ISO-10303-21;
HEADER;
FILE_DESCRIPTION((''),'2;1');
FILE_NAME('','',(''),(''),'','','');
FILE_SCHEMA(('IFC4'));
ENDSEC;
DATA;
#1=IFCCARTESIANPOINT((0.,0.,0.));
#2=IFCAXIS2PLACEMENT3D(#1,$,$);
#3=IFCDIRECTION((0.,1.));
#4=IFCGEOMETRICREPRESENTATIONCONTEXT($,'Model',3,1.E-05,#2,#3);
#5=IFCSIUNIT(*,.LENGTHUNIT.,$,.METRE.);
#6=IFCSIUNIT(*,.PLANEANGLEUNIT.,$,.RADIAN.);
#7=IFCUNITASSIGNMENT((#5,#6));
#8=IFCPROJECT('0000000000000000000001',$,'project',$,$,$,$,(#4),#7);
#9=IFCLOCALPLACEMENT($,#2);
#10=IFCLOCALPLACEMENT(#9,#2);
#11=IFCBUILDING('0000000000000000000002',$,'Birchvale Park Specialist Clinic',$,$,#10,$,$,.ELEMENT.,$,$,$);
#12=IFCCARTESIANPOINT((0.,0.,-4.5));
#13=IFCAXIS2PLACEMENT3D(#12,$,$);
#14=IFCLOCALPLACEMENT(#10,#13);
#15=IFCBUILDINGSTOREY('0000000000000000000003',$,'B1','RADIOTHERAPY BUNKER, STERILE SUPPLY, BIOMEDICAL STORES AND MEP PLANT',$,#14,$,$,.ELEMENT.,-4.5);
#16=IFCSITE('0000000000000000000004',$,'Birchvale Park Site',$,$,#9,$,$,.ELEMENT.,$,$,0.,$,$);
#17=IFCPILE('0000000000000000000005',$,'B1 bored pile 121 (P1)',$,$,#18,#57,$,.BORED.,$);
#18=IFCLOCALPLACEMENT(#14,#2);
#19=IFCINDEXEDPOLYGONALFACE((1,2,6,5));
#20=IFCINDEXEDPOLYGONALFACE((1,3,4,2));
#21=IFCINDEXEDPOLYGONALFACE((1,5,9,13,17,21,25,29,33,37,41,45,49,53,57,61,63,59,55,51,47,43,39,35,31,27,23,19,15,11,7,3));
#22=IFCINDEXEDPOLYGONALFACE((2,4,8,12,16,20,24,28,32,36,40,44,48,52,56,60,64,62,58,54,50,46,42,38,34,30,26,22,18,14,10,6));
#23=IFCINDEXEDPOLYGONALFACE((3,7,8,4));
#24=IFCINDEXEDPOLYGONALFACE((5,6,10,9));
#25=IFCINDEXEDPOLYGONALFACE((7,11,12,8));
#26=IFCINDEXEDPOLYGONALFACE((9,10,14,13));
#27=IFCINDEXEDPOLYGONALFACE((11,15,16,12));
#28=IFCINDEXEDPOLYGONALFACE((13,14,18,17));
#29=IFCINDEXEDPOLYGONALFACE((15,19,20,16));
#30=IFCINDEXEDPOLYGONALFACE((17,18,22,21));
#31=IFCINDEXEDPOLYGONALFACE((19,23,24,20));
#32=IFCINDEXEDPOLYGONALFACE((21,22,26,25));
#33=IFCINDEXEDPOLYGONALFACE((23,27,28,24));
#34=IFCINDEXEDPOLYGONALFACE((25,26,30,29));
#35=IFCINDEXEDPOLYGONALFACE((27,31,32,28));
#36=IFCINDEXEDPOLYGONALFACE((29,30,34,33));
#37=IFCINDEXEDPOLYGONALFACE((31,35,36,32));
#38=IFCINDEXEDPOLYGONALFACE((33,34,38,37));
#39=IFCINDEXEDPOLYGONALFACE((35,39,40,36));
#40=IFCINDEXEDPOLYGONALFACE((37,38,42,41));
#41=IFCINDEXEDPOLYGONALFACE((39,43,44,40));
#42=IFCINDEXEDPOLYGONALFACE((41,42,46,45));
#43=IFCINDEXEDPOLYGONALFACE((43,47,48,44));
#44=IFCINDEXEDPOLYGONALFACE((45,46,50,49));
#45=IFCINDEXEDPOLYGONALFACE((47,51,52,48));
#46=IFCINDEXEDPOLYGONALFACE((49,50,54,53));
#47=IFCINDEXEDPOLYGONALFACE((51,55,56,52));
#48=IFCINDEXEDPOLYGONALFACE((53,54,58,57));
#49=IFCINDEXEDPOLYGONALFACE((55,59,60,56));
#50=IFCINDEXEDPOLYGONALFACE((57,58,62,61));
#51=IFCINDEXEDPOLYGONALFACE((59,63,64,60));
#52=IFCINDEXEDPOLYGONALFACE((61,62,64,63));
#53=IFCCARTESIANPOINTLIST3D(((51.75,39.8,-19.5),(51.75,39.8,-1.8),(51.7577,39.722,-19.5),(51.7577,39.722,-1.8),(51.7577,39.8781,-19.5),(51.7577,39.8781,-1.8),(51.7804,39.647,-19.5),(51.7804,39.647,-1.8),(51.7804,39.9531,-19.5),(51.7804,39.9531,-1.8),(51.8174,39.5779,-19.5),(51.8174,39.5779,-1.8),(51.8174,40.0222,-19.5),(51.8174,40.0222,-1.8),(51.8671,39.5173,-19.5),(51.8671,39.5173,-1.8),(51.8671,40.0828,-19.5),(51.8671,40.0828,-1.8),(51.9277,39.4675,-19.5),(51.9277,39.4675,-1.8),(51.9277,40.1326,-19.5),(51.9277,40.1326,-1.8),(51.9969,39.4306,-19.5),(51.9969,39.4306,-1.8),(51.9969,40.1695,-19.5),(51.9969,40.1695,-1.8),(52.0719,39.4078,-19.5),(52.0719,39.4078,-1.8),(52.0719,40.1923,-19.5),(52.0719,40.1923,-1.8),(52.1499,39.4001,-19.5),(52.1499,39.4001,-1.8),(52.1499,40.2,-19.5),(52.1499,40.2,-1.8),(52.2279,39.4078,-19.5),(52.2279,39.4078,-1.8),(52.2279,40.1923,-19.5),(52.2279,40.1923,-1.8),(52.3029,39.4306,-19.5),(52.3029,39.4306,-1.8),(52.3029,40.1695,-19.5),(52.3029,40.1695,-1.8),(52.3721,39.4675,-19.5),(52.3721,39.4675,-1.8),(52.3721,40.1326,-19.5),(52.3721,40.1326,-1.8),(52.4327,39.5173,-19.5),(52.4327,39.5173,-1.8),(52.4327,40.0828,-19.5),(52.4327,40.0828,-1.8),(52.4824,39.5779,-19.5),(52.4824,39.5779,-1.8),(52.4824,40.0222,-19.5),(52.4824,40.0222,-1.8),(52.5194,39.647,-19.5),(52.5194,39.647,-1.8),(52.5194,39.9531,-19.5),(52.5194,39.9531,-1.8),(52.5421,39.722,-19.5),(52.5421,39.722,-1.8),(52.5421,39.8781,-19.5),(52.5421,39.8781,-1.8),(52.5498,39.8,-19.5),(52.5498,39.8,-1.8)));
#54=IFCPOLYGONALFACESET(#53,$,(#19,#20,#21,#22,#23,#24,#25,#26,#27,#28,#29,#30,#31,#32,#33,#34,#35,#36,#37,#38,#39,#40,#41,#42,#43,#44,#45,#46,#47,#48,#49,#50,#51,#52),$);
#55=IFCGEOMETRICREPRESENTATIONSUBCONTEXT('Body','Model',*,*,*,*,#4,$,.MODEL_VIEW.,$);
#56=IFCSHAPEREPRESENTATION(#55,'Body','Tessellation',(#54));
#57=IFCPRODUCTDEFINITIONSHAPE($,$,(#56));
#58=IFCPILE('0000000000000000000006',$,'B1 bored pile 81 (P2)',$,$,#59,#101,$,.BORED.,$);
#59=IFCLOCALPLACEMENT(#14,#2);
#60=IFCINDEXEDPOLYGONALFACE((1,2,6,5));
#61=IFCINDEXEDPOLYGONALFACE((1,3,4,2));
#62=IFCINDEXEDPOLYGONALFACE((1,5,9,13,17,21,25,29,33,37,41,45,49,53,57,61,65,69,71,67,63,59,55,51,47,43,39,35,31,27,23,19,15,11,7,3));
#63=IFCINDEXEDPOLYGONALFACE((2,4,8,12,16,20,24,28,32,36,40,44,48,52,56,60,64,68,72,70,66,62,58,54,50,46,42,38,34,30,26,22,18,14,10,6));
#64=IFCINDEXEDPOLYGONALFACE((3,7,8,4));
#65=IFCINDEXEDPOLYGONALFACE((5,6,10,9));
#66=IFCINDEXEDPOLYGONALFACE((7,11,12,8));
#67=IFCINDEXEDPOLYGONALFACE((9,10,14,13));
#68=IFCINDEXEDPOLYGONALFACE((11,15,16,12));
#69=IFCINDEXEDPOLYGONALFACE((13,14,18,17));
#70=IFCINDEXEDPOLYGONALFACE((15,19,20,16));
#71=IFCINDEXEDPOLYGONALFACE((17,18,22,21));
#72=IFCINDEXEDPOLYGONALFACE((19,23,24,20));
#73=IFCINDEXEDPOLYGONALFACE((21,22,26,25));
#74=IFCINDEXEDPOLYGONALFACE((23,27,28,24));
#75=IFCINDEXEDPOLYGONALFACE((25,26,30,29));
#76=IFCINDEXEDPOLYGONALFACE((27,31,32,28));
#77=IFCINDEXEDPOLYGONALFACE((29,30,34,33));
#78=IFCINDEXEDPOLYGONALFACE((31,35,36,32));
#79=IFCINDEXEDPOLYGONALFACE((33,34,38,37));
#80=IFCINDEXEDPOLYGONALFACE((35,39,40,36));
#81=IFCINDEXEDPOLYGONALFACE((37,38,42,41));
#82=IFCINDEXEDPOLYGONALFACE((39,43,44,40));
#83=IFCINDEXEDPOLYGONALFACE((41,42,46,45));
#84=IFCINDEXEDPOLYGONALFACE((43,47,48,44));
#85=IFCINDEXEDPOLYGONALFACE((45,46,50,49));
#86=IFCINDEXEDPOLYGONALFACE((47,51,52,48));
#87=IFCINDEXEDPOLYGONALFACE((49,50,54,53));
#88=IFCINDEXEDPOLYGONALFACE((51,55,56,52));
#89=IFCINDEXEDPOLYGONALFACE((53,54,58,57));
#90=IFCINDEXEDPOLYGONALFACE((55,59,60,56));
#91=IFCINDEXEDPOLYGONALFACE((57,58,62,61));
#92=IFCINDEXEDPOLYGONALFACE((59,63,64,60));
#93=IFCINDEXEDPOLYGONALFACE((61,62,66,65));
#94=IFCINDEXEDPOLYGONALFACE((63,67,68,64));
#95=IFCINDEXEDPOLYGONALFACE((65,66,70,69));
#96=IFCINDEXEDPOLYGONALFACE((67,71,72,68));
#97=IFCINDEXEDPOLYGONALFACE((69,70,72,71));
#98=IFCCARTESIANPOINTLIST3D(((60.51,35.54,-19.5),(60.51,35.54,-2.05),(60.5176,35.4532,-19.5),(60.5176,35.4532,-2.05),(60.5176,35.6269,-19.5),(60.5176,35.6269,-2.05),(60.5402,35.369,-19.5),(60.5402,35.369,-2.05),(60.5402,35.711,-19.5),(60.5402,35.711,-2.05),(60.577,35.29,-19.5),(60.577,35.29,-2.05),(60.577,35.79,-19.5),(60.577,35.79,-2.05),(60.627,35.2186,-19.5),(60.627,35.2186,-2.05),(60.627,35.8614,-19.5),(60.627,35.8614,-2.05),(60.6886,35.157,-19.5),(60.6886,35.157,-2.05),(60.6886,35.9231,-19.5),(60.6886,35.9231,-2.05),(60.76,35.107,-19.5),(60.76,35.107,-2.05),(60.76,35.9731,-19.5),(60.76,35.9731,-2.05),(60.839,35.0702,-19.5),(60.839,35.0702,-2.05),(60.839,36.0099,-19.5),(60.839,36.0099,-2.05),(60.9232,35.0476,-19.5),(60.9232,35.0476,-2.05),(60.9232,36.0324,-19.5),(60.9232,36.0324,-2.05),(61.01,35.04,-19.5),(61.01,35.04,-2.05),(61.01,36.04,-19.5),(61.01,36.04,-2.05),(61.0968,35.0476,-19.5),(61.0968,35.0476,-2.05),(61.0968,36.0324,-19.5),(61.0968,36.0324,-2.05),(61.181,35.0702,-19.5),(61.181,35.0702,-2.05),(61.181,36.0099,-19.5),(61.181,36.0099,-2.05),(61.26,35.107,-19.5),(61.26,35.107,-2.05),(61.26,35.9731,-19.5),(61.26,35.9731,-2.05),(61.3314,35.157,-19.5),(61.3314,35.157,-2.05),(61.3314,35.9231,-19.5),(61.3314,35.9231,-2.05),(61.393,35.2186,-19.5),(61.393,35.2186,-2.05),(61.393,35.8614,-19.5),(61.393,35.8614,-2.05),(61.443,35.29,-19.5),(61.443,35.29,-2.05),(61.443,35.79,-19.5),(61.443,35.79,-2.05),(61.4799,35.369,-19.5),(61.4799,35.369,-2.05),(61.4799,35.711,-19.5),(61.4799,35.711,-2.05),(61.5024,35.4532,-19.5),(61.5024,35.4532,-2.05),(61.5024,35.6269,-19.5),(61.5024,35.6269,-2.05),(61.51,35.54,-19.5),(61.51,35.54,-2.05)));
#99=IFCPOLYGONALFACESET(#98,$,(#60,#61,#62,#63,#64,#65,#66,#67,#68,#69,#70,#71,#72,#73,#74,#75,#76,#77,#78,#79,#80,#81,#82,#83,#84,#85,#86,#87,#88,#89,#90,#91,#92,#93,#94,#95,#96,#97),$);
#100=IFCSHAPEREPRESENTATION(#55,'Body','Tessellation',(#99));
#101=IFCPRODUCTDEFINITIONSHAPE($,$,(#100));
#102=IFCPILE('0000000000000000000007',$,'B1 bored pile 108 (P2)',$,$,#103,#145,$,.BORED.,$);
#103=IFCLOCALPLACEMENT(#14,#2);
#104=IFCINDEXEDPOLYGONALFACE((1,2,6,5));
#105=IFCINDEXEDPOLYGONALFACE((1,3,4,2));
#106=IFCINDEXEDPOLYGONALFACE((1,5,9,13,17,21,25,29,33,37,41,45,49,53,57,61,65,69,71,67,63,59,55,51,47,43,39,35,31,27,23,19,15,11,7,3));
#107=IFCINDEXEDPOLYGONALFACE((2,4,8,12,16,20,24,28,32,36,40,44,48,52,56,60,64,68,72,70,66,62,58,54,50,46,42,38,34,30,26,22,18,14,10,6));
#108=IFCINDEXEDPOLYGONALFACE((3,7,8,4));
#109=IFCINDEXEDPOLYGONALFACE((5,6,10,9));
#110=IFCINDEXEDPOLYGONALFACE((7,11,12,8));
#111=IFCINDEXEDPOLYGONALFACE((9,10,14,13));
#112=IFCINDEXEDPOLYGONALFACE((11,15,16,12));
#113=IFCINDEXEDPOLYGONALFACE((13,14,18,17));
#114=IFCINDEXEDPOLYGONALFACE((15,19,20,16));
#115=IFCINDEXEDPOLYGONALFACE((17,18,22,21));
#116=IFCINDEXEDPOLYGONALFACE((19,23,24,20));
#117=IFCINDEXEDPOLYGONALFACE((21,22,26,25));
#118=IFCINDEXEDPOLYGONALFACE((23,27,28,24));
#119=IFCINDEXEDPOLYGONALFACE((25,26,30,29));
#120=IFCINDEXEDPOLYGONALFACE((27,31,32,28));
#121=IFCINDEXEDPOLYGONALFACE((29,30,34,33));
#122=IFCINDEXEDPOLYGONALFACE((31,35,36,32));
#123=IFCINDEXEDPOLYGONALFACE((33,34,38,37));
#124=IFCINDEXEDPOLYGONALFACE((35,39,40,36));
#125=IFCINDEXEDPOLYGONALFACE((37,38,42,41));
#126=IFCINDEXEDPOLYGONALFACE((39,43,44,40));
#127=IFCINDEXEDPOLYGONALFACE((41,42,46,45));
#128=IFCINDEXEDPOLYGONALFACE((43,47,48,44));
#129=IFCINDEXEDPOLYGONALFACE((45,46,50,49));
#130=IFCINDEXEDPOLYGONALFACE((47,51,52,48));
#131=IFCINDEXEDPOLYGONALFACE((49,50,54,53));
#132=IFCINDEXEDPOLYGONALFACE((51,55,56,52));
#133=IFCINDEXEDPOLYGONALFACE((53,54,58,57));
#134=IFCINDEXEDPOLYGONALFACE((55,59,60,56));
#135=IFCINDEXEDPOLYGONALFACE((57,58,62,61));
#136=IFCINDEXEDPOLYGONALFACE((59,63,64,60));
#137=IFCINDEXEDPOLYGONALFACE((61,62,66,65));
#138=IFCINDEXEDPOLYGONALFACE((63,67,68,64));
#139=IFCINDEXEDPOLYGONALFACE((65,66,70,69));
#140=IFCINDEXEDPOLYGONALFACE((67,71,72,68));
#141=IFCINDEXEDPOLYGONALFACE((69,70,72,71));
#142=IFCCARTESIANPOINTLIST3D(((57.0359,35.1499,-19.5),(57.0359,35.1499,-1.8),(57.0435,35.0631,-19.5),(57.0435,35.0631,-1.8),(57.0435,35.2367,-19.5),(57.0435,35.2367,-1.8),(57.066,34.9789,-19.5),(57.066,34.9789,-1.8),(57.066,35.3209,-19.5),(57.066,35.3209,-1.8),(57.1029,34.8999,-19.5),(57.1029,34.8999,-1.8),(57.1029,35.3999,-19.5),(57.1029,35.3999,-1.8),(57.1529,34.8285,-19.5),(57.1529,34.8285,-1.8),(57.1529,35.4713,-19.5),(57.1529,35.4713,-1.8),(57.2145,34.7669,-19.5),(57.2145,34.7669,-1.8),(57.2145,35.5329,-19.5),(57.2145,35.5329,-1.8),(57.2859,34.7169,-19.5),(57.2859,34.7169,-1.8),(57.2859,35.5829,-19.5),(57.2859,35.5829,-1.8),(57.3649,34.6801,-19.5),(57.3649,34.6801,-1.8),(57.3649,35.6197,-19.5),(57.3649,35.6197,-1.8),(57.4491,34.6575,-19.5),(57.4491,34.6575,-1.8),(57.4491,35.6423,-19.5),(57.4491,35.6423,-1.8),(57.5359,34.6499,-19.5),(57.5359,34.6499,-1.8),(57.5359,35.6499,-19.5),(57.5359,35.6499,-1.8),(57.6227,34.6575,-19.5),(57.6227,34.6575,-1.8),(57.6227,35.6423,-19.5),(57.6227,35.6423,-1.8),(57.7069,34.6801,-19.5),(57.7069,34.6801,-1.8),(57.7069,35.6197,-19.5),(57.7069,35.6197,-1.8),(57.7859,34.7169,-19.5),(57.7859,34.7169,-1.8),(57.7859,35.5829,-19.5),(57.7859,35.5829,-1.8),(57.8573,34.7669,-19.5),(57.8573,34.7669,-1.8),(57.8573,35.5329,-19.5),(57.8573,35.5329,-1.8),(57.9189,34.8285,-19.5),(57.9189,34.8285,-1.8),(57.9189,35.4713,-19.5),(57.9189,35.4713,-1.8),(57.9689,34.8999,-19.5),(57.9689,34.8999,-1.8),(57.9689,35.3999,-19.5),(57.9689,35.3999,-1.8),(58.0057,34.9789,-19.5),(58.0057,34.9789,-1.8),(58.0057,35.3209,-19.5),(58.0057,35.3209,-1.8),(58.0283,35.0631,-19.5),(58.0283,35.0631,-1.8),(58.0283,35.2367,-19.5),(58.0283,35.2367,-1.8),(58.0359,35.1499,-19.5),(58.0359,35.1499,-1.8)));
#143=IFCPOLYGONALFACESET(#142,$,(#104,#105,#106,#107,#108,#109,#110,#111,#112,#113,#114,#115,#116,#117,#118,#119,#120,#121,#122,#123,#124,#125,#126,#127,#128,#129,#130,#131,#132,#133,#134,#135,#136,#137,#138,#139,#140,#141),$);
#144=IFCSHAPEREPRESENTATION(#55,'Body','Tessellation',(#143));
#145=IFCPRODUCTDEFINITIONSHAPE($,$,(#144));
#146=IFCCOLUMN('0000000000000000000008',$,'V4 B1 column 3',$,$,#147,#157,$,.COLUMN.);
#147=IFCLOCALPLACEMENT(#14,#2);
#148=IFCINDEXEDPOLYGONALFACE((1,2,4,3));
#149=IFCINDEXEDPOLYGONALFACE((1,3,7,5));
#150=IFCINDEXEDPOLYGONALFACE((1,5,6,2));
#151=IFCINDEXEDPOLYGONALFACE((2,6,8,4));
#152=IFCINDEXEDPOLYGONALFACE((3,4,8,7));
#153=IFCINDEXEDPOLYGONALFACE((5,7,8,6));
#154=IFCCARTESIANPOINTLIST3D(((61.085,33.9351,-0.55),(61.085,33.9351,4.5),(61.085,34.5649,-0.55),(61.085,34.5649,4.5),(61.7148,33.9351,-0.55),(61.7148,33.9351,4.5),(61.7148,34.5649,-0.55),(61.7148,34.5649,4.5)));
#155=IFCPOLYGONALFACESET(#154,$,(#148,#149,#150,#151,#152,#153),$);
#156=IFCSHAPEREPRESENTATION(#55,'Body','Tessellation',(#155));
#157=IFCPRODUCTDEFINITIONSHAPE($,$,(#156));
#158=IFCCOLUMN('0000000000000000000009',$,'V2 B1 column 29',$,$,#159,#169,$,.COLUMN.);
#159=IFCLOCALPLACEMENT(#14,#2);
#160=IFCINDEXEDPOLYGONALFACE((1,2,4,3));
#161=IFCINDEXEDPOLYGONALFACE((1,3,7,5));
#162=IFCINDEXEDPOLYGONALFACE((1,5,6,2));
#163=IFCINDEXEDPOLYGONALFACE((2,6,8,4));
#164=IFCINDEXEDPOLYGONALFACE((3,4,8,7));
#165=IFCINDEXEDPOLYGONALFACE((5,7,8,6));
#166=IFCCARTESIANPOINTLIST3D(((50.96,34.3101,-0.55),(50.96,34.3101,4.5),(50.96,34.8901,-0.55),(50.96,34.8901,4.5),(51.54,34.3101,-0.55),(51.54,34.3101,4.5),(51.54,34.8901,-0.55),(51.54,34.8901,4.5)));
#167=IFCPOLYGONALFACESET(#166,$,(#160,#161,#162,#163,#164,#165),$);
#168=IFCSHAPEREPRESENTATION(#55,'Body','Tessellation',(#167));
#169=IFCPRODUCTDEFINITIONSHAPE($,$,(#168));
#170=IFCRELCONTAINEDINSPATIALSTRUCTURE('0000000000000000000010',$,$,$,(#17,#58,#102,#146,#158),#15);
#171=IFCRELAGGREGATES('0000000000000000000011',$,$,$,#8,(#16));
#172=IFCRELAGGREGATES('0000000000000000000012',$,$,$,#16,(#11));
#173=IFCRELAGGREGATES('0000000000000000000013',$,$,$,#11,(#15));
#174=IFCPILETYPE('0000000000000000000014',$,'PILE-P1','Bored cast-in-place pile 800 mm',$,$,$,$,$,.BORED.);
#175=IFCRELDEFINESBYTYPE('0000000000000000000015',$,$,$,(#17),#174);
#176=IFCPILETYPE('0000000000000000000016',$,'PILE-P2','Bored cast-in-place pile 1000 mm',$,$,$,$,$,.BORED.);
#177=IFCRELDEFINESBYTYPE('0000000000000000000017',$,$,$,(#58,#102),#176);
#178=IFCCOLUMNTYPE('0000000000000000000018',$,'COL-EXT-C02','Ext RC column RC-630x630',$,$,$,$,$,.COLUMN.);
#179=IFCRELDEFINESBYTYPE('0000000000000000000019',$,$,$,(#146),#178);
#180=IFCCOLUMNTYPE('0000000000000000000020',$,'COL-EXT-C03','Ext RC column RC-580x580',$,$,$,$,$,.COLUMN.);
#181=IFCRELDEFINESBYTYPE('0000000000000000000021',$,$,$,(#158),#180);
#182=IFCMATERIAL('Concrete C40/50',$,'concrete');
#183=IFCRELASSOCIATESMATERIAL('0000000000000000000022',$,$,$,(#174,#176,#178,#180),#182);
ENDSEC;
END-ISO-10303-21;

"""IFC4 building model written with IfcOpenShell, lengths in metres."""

from ifc_helpers import new_model, si_unit, direction, frame, origin, origin_2d, place, context, subcontext, project, spatial, rectangle, circle, extrude, material, material_profile, profile_set, type_object, element, save


model = new_model("IFC4")

# Units and contexts
model_context = context("Model", 3, precision=1e-05, world=origin(), true_north=direction((0.0, 1.0)))
body_context = subcontext(model_context, "Body", "Model", "MODEL_VIEW")
ifc_project = project(units=[si_unit("LENGTHUNIT", "METRE"), si_unit("PLANEANGLEUNIT", "RADIAN")], contexts=[model_context])

# Site, building, storey
site_placement = place(None, origin())
site = spatial("IfcSite", under=ifc_project, at=site_placement, Name="Birchvale Park Site", CompositionType="ELEMENT", RefElevation=0.0)
building_placement = place(site_placement, origin())
building = spatial("IfcBuilding", under=site, at=building_placement, Name="Birchvale Park Specialist Clinic", CompositionType="ELEMENT")
storey_placement = place(building_placement, frame((0.0, 0.0, -4.5)))
storey = spatial("IfcBuildingStorey", under=building, at=storey_placement, Name="B1", Description="RADIOTHERAPY BUNKER, STERILE SUPPLY, BIOMEDICAL STORES AND MEP PLANT", CompositionType="ELEMENT", Elevation=-4.5)

# Shared definitions
ifc_material_1 = material(Name="Concrete C40/50", Category="concrete")

# Piles
ifc_material_profile_1 = material_profile(ifc_material_1, circle(Radius=0.3999, at=origin_2d()), Name="PILE-800")
ifc_profile_set_1 = profile_set([ifc_material_profile_1], Name="Concrete C40/50")
pile_type_1 = type_object("IfcPileType", Name="PILE-P1", Description="Bored cast-in-place pile 800 mm", PredefinedType="BORED", material=ifc_profile_set_1)
pile_1_placement = place(storey_placement, frame((52.1499, 39.8, -1.8), z_axis=(0.0, 0.0, -1.0), x_axis=(1.0, 0.0, 0.0)))
element("IfcPile", 1, at=pile_1_placement, inside=storey, type_object=pile_type_1, Name="B1 bored pile 121 (P1)", PredefinedType="BORED", context=body_context, shape_type="SweptSolid", body=[
    extrude(circle(Radius=0.3999, at=origin_2d()), origin(), (0.0, 0.0, 1.0), 17.7),
])
ifc_material_profile_2 = material_profile(ifc_material_1, circle(Radius=0.5, at=origin_2d()), Name="PILE-1000")
ifc_profile_set_2 = profile_set([ifc_material_profile_2], Name="Concrete C40/50")
pile_type_2 = type_object("IfcPileType", Name="PILE-P2", Description="Bored cast-in-place pile 1000 mm", PredefinedType="BORED", material=ifc_profile_set_2)
pile_2_placement = place(storey_placement, frame((61.01, 35.54, -2.05), z_axis=(0.0, 0.0, -1.0), x_axis=(1.0, 0.0, 0.0)))
element("IfcPile", 2, at=pile_2_placement, inside=storey, type_object=pile_type_2, Name="B1 bored pile 81 (P2)", PredefinedType="BORED", context=body_context, shape_type="SweptSolid", body=[
    extrude(circle(Radius=0.5, at=origin_2d()), origin(), (0.0, 0.0, 1.0), 17.45),
])
pile_3_placement = place(storey_placement, frame((57.5359, 35.1499, -1.8), z_axis=(0.0, 0.0, -1.0), x_axis=(1.0, 0.0, 0.0)))
element("IfcPile", 3, at=pile_3_placement, inside=storey, type_object=pile_type_2, Name="B1 bored pile 108 (P2)", PredefinedType="BORED", context=body_context, shape_type="SweptSolid", body=[
    extrude(circle(Radius=0.5, at=origin_2d()), origin(), (0.0, 0.0, 1.0), 17.7),
])

# Columns
ifc_material_profile_3 = material_profile(ifc_material_1, rectangle(XDim=0.6299, YDim=0.6299, at=origin_2d()), Name="RC-630x630")
ifc_profile_set_3 = profile_set([ifc_material_profile_3], Name="Concrete C40/50")
column_type_1 = type_object("IfcColumnType", Name="COL-EXT-C02", Description="Ext RC column RC-630x630", PredefinedType="COLUMN", material=ifc_profile_set_3)
column_1_placement = place(storey_placement, frame((61.3999, 34.25, -0.55), z_axis=(0.0, 0.0, 1.0), x_axis=(1.0, 0.0, 0.0)))
element("IfcColumn", 4, at=column_1_placement, inside=storey, type_object=column_type_1, Name="V4 B1 column 3", PredefinedType="COLUMN", context=body_context, shape_type="SweptSolid", body=[
    extrude(rectangle(XDim=0.6299, YDim=0.6299, at=origin_2d()), origin(), (0.0, 0.0, 1.0), 5.05),
])
ifc_material_profile_4 = material_profile(ifc_material_1, rectangle(XDim=0.5801, YDim=0.5801, at=origin_2d()), Name="RC-580x580")
ifc_profile_set_4 = profile_set([ifc_material_profile_4], Name="Concrete C40/50")
column_type_2 = type_object("IfcColumnType", Name="COL-EXT-C03", Description="Ext RC column RC-580x580", PredefinedType="COLUMN", material=ifc_profile_set_4)
column_2_placement = place(storey_placement, frame((51.25, 34.6001, -0.55), z_axis=(0.0, 0.0, 1.0), x_axis=(1.0, 0.0, 0.0)))
element("IfcColumn", 5, at=column_2_placement, inside=storey, type_object=column_type_2, Name="V2 B1 column 29", PredefinedType="COLUMN", context=body_context, shape_type="SweptSolid", body=[
    extrude(rectangle(XDim=0.5801, YDim=0.5801, at=origin_2d()), origin(), (0.0, 0.0, 1.0), 5.05),
])

save(model, "model.ifc")
